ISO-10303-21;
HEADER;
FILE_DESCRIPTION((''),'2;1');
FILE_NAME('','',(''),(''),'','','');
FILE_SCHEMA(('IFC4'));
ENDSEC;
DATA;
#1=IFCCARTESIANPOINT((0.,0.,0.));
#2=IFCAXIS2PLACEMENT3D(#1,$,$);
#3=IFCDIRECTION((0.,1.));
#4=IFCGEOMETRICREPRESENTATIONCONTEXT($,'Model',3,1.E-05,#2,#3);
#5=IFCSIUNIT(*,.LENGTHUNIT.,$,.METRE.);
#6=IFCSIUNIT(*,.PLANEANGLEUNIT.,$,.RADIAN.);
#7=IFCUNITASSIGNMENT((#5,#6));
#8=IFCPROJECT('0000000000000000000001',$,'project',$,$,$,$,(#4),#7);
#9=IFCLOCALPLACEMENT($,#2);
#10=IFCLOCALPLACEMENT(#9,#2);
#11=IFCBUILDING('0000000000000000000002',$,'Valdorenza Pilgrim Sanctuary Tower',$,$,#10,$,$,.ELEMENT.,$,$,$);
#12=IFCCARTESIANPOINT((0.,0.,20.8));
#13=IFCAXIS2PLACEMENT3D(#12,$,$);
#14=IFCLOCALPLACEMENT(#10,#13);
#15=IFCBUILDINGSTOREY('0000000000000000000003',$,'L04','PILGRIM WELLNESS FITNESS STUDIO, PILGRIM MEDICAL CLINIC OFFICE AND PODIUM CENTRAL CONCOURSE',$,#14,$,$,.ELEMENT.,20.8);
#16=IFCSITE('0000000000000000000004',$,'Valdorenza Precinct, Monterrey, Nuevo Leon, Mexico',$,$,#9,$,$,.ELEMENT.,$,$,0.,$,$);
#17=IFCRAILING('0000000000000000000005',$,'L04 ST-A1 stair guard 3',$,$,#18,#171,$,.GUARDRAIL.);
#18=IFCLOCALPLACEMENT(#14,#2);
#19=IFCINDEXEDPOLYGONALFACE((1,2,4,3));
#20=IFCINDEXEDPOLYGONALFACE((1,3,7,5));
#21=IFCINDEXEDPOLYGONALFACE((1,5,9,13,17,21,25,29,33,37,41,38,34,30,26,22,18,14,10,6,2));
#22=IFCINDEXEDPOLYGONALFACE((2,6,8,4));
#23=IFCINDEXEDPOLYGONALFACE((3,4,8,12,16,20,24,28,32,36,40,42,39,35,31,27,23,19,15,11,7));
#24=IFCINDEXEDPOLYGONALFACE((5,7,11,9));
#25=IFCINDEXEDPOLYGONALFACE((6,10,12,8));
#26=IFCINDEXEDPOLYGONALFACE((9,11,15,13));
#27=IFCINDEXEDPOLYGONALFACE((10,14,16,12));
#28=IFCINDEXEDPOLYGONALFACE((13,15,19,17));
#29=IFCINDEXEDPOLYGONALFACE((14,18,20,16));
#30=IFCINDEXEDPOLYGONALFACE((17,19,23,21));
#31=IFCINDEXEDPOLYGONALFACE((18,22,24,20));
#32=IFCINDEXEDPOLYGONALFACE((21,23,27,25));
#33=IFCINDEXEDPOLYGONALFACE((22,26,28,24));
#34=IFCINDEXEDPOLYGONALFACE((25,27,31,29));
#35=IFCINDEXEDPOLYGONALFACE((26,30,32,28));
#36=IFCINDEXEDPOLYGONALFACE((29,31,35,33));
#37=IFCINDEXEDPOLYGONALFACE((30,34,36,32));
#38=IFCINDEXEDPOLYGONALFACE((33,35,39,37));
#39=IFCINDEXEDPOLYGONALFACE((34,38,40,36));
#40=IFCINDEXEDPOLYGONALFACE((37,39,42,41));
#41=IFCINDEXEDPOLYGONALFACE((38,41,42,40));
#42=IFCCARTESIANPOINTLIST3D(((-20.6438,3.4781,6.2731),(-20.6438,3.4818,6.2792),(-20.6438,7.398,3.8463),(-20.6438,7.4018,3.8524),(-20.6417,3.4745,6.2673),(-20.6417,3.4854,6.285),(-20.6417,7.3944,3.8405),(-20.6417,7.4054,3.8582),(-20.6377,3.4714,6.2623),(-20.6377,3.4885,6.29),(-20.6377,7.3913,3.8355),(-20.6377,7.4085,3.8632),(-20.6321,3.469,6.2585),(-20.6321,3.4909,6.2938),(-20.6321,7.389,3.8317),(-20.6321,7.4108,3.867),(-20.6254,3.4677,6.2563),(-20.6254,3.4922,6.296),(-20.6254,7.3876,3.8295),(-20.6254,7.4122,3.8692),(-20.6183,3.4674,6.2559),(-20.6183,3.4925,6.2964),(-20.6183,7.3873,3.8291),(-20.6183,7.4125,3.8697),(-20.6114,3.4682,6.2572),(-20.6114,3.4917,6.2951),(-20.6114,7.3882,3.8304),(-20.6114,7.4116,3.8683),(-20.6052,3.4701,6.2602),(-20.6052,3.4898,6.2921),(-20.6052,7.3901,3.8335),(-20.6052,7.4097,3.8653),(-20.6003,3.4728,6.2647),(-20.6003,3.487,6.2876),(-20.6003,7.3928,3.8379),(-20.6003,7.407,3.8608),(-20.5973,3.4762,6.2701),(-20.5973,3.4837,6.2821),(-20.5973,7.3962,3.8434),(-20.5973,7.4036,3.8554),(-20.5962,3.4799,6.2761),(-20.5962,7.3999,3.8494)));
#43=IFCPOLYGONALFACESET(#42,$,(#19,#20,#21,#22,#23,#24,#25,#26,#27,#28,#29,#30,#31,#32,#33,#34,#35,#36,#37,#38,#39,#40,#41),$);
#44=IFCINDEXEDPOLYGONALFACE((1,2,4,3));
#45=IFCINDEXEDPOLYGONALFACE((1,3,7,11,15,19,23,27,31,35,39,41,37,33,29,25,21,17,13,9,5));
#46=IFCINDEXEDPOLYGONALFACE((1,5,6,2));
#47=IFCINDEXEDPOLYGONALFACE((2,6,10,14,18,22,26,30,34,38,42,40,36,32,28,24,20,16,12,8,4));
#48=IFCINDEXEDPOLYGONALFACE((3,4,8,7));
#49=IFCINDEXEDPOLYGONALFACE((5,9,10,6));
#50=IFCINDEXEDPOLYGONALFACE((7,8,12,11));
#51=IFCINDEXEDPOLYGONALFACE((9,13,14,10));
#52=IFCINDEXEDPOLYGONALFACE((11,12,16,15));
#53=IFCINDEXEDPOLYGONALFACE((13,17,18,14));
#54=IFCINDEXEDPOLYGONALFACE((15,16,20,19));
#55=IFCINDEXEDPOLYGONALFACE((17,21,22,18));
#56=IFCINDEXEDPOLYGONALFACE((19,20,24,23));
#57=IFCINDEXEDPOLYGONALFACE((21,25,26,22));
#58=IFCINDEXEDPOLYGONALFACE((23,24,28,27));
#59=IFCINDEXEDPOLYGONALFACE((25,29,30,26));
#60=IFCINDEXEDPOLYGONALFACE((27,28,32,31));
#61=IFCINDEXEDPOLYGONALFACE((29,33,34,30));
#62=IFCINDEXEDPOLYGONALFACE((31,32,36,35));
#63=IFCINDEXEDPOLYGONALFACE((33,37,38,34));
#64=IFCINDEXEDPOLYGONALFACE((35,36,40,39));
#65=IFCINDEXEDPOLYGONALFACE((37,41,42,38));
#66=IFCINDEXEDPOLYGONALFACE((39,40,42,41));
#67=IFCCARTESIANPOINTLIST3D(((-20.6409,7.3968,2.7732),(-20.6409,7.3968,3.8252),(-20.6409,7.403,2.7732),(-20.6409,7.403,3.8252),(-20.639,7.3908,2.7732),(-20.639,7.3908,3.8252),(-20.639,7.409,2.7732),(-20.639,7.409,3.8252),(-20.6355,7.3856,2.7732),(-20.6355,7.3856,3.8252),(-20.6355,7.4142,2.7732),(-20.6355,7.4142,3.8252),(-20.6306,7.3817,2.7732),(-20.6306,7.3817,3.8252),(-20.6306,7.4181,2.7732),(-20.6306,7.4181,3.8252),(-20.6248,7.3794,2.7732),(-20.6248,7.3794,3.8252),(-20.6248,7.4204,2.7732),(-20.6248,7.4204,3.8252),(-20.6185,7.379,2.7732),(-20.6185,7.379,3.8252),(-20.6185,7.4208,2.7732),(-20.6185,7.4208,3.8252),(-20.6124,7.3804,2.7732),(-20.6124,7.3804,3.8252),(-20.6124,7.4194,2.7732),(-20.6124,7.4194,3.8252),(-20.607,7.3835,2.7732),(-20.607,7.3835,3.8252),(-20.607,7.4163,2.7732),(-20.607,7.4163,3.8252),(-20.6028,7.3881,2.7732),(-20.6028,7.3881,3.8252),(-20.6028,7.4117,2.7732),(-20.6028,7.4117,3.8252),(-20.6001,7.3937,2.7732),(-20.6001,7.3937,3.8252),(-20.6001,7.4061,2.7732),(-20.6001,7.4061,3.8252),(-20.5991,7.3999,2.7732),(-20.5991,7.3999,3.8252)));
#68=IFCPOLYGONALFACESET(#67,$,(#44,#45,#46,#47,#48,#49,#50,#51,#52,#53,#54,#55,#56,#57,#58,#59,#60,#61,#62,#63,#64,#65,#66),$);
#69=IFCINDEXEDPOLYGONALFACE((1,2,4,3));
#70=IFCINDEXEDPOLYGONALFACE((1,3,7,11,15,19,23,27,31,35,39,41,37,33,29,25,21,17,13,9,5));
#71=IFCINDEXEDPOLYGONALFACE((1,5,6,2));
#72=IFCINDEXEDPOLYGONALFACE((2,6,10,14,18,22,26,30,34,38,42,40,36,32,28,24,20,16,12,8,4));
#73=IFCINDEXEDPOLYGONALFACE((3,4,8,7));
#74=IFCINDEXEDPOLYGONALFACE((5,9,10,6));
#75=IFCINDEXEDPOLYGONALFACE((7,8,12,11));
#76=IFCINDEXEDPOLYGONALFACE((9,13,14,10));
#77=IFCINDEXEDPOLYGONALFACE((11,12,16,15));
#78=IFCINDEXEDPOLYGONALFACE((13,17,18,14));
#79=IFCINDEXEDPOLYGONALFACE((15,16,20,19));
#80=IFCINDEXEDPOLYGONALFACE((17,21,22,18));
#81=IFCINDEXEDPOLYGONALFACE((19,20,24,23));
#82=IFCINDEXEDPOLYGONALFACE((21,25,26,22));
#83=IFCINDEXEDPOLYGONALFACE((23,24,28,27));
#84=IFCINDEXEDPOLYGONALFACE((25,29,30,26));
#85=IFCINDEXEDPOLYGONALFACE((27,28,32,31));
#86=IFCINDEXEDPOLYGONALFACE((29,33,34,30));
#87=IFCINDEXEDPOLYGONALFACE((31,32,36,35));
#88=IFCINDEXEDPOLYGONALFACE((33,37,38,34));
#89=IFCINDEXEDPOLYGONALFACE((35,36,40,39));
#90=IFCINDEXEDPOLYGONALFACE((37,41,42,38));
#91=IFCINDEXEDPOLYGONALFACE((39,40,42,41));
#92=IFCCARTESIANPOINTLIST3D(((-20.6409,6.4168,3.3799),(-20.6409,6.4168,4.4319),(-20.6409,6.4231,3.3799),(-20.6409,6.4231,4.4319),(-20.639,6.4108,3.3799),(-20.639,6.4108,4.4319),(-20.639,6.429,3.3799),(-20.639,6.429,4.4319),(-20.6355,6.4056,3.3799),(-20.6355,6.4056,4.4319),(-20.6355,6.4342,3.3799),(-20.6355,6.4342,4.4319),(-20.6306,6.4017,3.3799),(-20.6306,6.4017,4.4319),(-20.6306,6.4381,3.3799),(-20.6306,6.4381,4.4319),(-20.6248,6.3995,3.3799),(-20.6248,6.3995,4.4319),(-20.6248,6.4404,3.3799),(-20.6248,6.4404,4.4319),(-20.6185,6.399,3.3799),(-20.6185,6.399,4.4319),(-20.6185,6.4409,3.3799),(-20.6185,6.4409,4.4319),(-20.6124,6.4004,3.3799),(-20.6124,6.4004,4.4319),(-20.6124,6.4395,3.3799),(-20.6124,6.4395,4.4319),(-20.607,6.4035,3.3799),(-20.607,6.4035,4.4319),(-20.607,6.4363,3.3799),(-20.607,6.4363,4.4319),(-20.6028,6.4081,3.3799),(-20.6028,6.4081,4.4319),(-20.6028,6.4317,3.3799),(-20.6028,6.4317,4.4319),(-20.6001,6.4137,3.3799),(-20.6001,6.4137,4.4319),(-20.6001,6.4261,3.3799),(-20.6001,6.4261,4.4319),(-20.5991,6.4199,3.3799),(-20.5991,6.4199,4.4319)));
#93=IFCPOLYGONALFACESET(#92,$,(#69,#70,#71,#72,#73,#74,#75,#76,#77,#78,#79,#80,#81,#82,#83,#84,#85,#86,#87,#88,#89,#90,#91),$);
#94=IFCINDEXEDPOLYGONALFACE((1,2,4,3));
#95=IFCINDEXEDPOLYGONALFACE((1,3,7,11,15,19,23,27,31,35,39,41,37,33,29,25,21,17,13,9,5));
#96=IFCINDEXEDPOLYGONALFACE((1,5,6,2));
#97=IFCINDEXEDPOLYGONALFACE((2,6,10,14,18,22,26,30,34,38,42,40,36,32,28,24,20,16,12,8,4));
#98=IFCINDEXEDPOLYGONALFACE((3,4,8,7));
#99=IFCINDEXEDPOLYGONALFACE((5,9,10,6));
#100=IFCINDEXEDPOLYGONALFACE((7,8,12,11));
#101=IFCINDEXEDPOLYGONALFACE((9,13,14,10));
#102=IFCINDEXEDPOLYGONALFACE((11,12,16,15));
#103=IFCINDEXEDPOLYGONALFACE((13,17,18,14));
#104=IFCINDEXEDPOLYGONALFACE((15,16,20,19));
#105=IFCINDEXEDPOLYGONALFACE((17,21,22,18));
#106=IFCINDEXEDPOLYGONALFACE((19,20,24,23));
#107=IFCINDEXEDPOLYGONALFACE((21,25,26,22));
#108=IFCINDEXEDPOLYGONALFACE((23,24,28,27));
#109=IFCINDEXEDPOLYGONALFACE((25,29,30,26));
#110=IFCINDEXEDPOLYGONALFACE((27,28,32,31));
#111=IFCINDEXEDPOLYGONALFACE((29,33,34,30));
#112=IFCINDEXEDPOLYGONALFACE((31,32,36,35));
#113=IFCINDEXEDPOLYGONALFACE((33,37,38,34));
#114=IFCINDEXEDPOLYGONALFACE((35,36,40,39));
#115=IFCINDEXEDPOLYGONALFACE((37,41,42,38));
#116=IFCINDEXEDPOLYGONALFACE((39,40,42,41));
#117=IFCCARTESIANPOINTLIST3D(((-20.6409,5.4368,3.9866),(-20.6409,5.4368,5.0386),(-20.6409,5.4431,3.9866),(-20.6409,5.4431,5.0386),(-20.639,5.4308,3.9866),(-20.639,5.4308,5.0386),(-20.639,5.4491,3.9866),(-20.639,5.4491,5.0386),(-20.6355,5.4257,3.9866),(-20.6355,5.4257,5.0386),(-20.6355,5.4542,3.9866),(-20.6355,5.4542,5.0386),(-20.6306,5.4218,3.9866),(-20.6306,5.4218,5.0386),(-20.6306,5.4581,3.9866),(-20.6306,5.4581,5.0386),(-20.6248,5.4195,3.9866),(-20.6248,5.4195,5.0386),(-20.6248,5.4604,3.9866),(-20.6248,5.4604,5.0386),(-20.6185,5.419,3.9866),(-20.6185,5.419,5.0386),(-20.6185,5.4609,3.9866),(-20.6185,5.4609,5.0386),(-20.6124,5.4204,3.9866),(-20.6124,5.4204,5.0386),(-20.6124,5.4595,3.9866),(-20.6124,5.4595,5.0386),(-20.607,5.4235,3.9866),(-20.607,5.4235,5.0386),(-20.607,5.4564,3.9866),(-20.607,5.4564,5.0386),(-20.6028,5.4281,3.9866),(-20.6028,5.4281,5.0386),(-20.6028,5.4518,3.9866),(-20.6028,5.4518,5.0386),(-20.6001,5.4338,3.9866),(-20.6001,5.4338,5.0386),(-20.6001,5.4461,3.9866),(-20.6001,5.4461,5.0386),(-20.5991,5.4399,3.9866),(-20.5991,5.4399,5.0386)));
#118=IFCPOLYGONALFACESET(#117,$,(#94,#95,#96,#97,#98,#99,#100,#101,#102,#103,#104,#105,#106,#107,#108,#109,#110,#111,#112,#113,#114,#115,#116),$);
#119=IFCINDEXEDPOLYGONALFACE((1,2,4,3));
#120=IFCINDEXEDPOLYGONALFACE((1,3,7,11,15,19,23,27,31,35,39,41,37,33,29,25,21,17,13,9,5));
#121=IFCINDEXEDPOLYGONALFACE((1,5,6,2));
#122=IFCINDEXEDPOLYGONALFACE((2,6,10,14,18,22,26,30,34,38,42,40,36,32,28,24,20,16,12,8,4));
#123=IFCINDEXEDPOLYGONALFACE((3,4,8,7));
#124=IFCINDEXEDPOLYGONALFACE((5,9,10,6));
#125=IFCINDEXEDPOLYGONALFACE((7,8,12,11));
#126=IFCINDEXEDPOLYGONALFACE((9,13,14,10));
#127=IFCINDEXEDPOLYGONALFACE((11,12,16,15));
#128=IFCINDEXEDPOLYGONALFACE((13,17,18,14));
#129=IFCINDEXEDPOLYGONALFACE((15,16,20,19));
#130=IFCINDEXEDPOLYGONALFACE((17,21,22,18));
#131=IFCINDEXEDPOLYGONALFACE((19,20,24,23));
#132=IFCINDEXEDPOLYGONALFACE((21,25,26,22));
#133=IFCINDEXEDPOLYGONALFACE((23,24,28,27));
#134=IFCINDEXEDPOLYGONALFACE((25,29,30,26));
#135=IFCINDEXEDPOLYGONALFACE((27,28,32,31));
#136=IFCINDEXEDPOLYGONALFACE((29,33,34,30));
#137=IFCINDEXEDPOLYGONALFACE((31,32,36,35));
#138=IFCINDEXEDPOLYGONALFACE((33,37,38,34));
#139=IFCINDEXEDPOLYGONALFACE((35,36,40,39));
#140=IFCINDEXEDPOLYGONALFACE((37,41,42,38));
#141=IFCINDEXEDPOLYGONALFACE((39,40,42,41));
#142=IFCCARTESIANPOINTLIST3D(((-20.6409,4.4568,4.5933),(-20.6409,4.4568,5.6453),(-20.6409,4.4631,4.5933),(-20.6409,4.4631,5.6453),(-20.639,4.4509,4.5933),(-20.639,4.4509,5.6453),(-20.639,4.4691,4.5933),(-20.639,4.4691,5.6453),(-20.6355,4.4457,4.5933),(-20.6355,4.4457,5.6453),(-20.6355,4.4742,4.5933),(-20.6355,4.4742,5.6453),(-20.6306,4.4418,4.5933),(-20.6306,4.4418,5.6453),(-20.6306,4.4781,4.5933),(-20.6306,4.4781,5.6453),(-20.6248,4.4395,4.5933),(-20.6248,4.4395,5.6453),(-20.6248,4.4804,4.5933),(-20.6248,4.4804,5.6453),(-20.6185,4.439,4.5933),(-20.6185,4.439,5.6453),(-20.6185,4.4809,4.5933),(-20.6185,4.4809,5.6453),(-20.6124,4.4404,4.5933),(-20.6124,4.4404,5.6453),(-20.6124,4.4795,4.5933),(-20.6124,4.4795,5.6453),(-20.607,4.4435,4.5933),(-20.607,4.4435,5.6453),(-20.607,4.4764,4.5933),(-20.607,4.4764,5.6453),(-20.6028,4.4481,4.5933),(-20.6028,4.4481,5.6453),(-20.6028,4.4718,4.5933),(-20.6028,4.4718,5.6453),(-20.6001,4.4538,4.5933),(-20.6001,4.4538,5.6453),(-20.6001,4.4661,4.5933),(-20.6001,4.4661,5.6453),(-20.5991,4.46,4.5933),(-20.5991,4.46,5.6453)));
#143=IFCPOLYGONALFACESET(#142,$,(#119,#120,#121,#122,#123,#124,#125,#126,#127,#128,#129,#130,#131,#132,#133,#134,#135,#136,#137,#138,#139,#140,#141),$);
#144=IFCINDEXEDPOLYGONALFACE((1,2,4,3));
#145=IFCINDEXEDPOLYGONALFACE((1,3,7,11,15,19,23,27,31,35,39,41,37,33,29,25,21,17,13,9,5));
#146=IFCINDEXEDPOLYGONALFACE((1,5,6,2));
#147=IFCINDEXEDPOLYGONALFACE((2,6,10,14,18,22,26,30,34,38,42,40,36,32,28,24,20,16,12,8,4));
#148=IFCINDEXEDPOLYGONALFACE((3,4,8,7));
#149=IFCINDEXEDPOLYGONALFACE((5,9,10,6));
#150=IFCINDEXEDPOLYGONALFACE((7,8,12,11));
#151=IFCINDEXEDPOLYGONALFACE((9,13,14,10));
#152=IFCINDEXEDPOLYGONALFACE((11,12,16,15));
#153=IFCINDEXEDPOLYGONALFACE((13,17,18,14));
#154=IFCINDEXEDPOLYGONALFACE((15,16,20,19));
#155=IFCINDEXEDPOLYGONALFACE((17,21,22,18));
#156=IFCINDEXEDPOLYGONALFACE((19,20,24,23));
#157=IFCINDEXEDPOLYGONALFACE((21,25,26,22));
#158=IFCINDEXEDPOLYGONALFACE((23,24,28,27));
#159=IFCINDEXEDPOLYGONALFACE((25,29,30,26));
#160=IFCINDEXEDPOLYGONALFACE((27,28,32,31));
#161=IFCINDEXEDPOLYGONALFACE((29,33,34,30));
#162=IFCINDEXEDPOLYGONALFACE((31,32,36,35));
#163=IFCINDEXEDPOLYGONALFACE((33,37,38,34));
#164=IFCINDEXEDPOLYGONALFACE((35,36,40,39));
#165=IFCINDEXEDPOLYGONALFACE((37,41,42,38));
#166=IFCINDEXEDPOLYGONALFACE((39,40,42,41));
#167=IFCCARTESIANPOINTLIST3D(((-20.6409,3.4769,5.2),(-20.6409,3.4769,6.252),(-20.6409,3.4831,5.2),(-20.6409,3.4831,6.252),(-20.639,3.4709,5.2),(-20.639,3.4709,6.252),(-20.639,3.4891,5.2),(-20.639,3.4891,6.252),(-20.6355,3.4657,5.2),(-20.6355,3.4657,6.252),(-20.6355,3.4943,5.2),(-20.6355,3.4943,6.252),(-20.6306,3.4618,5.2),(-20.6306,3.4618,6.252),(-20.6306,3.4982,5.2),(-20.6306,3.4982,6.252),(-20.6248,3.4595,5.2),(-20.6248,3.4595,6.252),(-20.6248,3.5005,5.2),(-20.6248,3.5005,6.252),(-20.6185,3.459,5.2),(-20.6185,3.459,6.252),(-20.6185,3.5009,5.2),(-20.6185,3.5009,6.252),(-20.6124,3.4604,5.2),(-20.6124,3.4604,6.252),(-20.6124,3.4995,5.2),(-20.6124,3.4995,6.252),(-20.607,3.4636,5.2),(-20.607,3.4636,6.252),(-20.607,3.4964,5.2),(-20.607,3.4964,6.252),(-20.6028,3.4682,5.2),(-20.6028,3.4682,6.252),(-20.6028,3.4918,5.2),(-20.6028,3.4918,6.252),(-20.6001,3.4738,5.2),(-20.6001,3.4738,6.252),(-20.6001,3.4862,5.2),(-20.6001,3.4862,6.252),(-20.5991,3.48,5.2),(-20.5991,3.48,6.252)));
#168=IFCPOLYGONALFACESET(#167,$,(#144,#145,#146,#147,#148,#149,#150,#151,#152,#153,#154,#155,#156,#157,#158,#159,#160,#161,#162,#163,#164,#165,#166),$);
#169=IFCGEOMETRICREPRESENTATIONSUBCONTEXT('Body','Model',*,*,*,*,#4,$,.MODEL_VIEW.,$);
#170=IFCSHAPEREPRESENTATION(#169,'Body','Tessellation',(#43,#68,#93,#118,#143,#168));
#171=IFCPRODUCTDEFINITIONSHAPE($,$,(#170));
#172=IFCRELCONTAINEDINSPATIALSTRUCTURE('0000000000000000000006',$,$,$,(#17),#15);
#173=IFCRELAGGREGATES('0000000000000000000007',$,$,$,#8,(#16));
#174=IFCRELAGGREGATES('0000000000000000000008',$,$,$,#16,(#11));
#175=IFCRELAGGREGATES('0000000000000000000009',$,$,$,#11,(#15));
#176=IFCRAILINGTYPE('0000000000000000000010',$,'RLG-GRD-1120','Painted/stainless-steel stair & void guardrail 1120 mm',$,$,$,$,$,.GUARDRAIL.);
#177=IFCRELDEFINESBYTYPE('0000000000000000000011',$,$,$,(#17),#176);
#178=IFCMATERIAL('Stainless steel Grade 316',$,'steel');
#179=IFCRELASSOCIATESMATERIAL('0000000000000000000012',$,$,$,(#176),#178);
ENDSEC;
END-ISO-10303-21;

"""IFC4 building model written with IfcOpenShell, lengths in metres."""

from ifc_helpers import new_model, si_unit, direction, frame, origin, origin_2d, place, context, subcontext, project, spatial, circle, extrude, material, type_object, element, save


model = new_model("IFC4")

# Units and contexts
model_context = context("Model", 3, precision=1e-05, world=origin(), true_north=direction((0.0, 1.0)))
body_context = subcontext(model_context, "Body", "Model", "MODEL_VIEW")
ifc_project = project(units=[si_unit("LENGTHUNIT", "METRE"), si_unit("PLANEANGLEUNIT", "RADIAN")], contexts=[model_context])

# Site, building, storey
site_placement = place(None, origin())
site = spatial("IfcSite", under=ifc_project, at=site_placement, Name="Valdorenza Precinct, Monterrey, Nuevo Leon, Mexico", CompositionType="ELEMENT", RefElevation=0.0)
building_placement = place(site_placement, origin())
building = spatial("IfcBuilding", under=site, at=building_placement, Name="Valdorenza Pilgrim Sanctuary Tower", CompositionType="ELEMENT")
storey_placement = place(building_placement, frame((0.0, 0.0, 20.8)))
storey = spatial("IfcBuildingStorey", under=building, at=storey_placement, Name="L04", Description="PILGRIM WELLNESS FITNESS STUDIO, PILGRIM MEDICAL CLINIC OFFICE AND PODIUM CENTRAL CONCOURSE", CompositionType="ELEMENT", Elevation=20.8)

# Railing
ifc_material_1 = material(Name="Stainless steel Grade 316", Category="steel")
railing_type_1 = type_object("IfcRailingType", Name="RLG-GRD-1120", Description="Painted/stainless-steel stair & void guardrail 1120 mm", PredefinedType="GUARDRAIL", material=ifc_material_1)
railing_1_placement = place(storey_placement, frame((-20.6201, 7.3999, 2.7732)))
element("IfcRailing", 1, at=railing_1_placement, inside=storey, type_object=railing_type_1, Name="L04 ST-A1 stair guard 3", PredefinedType="GUARDRAIL", context=body_context, shape_type="SweptSolid", body=[
    extrude(circle(Radius=0.0239, at=origin_2d()), frame((0.0, 0.0, 1.0762), z_axis=(0.0, -0.850252, 0.526376), x_axis=(1.0, 0.0, 0.0)), (0.0, 0.0, 1.0), 4.6104),
    extrude(circle(Radius=0.021, at=origin_2d()), origin(), (0.0, 0.0, 1.0), 1.052),
    extrude(circle(Radius=0.021, at=origin_2d()), frame((0.0, -0.98, 0.6067)), (0.0, 0.0, 1.0), 1.052),
    extrude(circle(Radius=0.021, at=origin_2d()), frame((0.0, -1.96, 1.2134)), (0.0, 0.0, 1.0), 1.052),
    extrude(circle(Radius=0.021, at=origin_2d()), frame((0.0, -2.9399, 1.8201)), (0.0, 0.0, 1.0), 1.052),
    extrude(circle(Radius=0.021, at=origin_2d()), frame((0.0, -3.9199, 2.4268)), (0.0, 0.0, 1.0), 1.052),
])

save(model, "model.ifc")
